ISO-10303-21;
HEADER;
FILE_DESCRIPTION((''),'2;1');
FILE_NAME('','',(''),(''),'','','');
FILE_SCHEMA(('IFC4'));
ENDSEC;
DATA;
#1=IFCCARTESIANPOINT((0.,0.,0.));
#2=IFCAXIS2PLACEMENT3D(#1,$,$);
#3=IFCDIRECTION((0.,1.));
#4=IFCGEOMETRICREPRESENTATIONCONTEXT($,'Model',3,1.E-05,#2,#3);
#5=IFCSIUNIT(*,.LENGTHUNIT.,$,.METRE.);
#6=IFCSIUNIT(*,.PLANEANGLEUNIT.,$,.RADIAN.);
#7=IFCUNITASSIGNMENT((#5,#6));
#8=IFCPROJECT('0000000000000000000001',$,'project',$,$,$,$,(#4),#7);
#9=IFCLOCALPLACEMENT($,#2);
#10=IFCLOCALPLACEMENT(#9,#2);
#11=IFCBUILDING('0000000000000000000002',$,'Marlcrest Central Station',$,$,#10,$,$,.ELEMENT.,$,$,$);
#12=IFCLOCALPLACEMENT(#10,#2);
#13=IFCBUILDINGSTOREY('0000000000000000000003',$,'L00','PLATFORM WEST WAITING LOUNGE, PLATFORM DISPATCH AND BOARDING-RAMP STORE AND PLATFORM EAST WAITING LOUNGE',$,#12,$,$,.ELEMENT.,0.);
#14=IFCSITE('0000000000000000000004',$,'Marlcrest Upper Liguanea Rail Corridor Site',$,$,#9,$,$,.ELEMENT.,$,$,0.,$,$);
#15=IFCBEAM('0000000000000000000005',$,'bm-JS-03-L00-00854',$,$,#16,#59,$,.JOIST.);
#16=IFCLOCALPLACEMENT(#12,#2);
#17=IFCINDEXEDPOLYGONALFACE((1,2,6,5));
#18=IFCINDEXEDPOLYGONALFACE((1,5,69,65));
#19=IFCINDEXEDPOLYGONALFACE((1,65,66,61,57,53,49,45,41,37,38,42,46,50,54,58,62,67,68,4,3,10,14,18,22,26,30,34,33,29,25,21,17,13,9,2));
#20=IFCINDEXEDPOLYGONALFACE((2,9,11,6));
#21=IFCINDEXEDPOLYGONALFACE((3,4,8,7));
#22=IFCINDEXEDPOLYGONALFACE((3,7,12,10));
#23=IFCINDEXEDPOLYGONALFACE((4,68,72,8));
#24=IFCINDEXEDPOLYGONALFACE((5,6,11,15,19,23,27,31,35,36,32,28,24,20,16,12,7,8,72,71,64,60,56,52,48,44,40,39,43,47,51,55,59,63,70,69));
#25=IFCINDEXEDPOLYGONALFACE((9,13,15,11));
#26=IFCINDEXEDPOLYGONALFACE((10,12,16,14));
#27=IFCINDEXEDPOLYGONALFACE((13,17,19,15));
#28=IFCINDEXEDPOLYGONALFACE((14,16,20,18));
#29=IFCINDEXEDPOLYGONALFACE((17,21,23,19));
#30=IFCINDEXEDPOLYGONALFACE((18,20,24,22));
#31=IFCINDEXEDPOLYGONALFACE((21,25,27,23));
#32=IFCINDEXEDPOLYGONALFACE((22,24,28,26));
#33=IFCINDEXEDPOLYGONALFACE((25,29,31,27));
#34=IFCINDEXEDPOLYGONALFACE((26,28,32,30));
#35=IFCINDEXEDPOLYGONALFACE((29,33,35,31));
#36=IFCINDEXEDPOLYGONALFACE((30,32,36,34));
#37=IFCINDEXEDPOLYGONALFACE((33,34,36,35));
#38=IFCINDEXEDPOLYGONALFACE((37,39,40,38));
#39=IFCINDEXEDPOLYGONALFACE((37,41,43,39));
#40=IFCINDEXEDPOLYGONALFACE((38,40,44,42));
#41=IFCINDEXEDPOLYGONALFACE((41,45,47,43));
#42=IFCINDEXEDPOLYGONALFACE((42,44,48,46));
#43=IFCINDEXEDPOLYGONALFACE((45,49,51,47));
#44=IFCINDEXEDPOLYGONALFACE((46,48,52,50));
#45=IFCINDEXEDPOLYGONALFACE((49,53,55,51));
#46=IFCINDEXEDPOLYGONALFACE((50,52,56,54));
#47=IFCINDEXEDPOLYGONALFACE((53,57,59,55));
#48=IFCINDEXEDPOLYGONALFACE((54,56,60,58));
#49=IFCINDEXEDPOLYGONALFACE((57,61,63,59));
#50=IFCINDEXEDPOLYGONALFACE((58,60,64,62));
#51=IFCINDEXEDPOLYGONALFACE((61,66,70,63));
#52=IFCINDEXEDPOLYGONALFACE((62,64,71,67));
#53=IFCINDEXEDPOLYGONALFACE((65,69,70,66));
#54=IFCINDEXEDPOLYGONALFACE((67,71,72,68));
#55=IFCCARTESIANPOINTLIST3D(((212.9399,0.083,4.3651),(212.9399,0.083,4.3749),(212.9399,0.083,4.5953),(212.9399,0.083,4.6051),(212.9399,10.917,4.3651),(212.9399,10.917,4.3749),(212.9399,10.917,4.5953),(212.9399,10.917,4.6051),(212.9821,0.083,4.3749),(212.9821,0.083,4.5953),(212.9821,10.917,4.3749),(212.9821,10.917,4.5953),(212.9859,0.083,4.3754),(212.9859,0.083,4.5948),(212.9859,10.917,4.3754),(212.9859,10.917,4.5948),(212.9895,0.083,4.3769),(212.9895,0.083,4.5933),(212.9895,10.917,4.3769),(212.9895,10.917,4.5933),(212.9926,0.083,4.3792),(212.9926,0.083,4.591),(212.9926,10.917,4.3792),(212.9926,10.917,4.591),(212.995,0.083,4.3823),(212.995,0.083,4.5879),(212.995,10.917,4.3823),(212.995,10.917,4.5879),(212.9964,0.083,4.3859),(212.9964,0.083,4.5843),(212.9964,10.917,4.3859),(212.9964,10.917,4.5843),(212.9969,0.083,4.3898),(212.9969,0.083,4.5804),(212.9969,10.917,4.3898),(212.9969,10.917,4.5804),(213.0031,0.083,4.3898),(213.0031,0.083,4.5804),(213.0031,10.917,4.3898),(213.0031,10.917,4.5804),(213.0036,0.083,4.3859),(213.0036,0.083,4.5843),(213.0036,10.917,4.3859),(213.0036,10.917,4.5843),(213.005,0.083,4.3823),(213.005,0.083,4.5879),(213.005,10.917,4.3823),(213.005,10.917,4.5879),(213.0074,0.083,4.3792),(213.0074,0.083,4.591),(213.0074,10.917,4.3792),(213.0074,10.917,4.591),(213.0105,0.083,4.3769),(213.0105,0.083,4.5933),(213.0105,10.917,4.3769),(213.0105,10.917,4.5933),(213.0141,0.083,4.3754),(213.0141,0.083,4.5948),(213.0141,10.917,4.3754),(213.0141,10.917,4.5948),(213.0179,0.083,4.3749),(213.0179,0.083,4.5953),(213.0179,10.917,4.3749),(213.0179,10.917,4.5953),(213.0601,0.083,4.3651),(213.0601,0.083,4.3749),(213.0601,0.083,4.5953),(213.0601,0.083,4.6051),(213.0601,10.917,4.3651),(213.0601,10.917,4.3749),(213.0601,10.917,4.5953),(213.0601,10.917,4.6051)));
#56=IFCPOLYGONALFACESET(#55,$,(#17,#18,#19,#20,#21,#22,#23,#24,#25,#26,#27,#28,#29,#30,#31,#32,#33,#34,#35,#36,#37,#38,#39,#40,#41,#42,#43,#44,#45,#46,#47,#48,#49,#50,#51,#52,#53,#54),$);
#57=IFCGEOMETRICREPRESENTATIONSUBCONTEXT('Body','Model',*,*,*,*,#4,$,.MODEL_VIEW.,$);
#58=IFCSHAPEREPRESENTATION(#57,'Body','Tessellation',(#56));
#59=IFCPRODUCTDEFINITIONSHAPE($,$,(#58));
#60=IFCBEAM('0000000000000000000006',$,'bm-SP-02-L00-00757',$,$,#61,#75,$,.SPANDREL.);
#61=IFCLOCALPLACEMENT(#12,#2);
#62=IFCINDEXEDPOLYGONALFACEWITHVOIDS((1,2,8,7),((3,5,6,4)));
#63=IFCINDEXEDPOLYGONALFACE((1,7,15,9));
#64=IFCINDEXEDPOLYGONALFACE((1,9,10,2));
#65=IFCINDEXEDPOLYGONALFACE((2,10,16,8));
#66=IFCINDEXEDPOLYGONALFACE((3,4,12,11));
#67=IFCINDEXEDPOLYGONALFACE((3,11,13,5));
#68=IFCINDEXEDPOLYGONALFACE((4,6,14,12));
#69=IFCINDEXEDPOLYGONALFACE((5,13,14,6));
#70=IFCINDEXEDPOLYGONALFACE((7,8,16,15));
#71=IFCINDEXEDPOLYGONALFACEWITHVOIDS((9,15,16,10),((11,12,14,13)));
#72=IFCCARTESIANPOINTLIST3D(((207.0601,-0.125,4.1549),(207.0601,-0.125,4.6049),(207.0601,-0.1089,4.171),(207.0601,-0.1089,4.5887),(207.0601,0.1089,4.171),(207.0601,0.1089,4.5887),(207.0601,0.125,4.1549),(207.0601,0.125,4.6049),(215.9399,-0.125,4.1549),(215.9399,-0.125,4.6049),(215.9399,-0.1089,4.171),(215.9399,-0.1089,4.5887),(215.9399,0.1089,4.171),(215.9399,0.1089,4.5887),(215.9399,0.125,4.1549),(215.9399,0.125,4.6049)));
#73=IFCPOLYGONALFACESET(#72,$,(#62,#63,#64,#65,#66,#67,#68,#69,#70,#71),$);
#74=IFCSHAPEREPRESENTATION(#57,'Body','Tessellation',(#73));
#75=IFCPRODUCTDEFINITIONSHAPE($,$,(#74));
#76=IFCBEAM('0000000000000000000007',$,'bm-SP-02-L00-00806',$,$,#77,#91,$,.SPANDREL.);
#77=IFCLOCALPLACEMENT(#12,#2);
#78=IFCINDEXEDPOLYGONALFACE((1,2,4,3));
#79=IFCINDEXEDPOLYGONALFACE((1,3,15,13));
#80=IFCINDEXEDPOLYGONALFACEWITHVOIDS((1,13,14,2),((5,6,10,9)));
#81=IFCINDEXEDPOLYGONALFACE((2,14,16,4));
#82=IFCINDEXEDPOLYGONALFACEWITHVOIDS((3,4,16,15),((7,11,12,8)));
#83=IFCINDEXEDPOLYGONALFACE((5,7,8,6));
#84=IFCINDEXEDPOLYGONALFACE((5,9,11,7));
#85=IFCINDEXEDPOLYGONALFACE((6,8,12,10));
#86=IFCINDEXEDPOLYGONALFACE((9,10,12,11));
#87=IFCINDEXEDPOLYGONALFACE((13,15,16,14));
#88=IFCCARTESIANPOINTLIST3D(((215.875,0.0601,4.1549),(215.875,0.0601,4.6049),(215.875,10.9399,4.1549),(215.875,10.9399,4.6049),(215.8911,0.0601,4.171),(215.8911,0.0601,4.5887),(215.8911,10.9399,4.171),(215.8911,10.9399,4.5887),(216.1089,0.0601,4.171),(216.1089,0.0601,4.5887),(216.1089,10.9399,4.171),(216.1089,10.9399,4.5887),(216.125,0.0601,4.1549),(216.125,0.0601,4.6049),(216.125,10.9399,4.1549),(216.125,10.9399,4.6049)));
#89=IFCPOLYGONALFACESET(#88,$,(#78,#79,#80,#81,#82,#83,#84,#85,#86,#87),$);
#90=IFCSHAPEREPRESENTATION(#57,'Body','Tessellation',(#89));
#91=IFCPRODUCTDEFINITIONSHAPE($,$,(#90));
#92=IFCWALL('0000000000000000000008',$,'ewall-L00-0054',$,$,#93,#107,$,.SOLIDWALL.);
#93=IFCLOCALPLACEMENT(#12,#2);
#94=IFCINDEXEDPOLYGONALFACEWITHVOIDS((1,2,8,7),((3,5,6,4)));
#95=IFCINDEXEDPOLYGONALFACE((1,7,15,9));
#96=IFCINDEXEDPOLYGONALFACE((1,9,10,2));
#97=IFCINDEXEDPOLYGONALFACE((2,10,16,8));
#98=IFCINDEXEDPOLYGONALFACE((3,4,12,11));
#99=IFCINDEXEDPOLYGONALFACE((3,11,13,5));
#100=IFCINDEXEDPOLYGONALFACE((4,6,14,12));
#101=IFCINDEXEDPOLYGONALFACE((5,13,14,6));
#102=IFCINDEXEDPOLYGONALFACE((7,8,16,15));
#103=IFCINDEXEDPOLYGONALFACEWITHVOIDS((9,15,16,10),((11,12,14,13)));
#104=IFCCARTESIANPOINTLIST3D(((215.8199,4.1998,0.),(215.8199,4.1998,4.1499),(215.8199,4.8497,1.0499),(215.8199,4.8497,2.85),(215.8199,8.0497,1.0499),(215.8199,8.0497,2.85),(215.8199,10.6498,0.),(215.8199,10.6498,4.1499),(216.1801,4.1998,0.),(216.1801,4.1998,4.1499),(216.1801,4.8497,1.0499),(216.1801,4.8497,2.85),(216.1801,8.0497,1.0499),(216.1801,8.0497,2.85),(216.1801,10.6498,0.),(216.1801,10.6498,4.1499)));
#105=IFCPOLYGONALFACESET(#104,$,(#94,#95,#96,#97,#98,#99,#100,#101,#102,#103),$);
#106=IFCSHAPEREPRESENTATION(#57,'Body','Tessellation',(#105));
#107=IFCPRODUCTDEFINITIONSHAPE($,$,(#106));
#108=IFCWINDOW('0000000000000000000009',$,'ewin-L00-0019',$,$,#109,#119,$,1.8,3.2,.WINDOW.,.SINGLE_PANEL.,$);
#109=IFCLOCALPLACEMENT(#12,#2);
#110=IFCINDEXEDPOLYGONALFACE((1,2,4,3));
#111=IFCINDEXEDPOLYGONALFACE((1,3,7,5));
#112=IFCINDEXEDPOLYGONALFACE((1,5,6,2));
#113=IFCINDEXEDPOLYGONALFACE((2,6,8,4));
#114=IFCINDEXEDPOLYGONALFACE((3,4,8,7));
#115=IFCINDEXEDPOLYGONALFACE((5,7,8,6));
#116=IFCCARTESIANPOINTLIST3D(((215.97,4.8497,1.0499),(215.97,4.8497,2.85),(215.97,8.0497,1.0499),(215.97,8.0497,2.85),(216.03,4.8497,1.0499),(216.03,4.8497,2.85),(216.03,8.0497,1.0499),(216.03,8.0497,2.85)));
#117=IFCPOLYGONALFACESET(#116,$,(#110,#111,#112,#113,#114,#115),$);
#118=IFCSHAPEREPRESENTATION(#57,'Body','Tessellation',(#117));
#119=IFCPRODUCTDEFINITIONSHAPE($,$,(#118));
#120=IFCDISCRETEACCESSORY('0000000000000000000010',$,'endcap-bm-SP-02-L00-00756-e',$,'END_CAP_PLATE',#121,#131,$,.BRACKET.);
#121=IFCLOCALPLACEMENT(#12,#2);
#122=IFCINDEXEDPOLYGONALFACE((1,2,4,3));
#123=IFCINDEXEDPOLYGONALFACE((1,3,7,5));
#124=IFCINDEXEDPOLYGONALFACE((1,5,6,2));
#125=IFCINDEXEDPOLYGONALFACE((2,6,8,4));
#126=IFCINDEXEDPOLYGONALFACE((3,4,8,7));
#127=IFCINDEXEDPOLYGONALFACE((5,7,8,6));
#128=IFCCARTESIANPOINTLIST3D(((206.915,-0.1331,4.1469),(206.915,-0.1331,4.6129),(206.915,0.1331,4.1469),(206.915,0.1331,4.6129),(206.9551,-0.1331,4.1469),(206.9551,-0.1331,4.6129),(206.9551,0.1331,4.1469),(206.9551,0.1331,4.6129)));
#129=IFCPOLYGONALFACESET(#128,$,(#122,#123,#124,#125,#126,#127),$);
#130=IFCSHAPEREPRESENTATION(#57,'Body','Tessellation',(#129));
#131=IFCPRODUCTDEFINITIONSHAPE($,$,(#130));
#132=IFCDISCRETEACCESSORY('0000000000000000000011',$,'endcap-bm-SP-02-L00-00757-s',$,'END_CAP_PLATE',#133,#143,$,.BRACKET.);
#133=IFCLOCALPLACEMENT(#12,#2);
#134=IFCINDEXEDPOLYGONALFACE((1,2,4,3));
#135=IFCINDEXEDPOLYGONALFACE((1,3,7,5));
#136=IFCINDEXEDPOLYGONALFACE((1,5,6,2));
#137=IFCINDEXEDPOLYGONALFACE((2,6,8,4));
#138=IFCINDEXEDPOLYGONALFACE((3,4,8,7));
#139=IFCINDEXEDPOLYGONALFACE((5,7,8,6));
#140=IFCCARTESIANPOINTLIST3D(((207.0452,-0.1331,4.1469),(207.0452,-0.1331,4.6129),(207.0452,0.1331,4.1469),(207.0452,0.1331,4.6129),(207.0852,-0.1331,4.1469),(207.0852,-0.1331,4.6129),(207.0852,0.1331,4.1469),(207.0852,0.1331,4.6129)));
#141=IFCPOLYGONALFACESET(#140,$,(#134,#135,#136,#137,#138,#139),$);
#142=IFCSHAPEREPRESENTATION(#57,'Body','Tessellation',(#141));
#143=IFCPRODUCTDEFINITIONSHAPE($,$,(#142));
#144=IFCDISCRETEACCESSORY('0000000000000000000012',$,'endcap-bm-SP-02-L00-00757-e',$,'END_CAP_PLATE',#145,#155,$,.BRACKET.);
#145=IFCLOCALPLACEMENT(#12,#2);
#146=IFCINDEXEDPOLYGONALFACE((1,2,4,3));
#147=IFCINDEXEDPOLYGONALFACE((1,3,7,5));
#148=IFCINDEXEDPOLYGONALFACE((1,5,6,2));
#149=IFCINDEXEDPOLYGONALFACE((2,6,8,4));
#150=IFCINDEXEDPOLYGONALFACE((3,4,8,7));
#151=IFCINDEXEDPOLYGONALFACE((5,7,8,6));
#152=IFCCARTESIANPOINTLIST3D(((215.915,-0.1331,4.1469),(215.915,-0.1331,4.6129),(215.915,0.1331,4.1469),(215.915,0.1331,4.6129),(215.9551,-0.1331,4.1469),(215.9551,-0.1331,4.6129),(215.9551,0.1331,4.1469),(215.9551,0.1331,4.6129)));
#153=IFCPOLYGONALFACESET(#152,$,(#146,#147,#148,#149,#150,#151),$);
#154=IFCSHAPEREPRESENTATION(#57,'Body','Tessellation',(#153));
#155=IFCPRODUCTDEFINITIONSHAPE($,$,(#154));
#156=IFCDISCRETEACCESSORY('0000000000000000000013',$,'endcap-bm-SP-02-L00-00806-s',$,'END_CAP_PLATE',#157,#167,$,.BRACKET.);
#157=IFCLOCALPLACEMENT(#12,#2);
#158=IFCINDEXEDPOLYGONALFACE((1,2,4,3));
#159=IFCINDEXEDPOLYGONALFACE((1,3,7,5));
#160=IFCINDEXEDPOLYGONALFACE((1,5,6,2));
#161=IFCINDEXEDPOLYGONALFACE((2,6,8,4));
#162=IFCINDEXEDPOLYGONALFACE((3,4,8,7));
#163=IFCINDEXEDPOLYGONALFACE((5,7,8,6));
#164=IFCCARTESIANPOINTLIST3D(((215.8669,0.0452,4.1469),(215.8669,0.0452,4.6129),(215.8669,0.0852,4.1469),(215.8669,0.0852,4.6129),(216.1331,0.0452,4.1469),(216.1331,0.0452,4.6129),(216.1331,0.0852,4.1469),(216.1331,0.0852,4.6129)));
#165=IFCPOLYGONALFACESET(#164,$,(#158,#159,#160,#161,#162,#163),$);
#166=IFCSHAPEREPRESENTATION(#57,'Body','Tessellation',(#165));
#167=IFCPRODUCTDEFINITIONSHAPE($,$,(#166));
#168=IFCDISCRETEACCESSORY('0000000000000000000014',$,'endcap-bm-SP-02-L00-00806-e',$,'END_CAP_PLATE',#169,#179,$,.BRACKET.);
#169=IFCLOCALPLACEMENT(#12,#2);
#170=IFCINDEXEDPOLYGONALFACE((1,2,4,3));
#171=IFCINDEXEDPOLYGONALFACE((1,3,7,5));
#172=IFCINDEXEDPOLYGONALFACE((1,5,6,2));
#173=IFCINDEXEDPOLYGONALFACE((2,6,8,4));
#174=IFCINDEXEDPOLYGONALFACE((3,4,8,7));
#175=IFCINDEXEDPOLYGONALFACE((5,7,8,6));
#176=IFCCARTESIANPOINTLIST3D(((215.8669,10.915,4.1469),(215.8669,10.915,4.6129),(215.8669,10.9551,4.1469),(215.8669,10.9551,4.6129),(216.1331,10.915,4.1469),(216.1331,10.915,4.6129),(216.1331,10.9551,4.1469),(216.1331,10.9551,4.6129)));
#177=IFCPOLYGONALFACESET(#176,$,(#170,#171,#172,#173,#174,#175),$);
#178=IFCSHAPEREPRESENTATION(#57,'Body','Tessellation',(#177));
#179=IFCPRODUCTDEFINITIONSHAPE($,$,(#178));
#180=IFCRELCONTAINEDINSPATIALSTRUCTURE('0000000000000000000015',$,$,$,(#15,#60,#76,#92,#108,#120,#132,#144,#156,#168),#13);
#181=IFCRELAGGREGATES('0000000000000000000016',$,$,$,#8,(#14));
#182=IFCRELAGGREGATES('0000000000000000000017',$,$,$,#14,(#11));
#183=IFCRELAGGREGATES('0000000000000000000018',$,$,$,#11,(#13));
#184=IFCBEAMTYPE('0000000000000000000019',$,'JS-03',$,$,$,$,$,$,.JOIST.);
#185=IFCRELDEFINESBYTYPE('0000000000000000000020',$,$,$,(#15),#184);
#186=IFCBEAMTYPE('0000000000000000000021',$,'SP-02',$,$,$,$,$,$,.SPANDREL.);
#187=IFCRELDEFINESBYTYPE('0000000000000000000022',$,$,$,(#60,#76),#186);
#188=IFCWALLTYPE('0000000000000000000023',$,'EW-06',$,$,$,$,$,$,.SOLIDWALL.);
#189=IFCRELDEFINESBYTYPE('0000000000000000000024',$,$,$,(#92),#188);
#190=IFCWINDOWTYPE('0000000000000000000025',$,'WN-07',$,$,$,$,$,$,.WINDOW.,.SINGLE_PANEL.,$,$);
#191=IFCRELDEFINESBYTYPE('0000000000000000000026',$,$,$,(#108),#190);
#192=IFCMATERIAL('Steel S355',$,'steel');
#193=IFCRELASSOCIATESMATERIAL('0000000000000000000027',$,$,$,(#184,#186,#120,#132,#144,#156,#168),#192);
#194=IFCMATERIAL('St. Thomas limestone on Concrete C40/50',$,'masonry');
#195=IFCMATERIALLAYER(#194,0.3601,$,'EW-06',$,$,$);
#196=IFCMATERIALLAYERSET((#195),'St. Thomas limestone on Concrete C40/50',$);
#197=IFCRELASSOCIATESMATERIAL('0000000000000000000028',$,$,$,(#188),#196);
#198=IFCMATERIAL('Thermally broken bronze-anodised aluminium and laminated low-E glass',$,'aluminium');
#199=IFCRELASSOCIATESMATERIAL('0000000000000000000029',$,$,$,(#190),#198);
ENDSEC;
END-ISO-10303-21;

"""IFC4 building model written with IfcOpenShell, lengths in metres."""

from ifc_helpers import new_model, si_unit, direction, frame, frame_2d, origin, origin_2d, place, context, subcontext, project, spatial, rectangle, hollow_rectangle, i_section, extrude, material, layer, layer_set, material_profile, profile_set, type_object, element, fill, save


model = new_model("IFC4")

# Units and contexts
model_context = context("Model", 3, precision=1e-05, world=origin(), true_north=direction((0.0, 1.0)))
body_context = subcontext(model_context, "Body", "Model", "MODEL_VIEW")
ifc_project = project(units=[si_unit("LENGTHUNIT", "METRE"), si_unit("PLANEANGLEUNIT", "RADIAN")], contexts=[model_context])

# Site, building, storey
site_placement = place(None, origin())
site = spatial("IfcSite", under=ifc_project, at=site_placement, Name="Marlcrest Upper Liguanea Rail Corridor Site", CompositionType="ELEMENT", RefElevation=0.0)
building_placement = place(site_placement, origin())
building = spatial("IfcBuilding", under=site, at=building_placement, Name="Marlcrest Central Station", CompositionType="ELEMENT")
storey_placement = place(building_placement, origin())
storey = spatial("IfcBuildingStorey", under=building, at=storey_placement, Name="L00", Description="PLATFORM WEST WAITING LOUNGE, PLATFORM DISPATCH AND BOARDING-RAMP STORE AND PLATFORM EAST WAITING LOUNGE", CompositionType="ELEMENT", Elevation=0.0)

# Beams
ifc_material_1 = material(Name="Steel S355", Category="steel")
ifc_material_profile_1 = material_profile(ifc_material_1, i_section(OverallWidth=0.1201, OverallDepth=0.24, WebThickness=0.0061, FlangeThickness=0.0098, FilletRadius=0.0149, at=origin_2d()), Name="IPE 240")
ifc_profile_set_1 = profile_set([ifc_material_profile_1], Name="Steel S355")
beam_type_1 = type_object("IfcBeamType", Name="JS-03", PredefinedType="JOIST", material=ifc_profile_set_1)
for number, where, z_axis, x_axis, name in (
    (1, (213.0, 0.083, 4.4851), (0.0, 1.0, 0.0), (-1.0, 0.0, 0.0), "bm-JS-03-L00-00854"),
):
    element("IfcBeam", number, at=place(storey_placement, frame(where, z_axis=z_axis, x_axis=x_axis)), inside=storey, type_object=beam_type_1, Name=name, PredefinedType="JOIST", context=body_context, shape_type="SweptSolid", body=[
        extrude(i_section(OverallWidth=0.1201, OverallDepth=0.24, WebThickness=0.0061, FlangeThickness=0.0098, FilletRadius=0.0149, at=origin_2d()), origin(), (0.0, 0.0, 1.0), 10.834),
    ])
ifc_material_profile_2 = material_profile(ifc_material_1, hollow_rectangle(XDim=0.25, YDim=0.45, WallThickness=0.0161, at=origin_2d()), Name="RHS 450x250x16")
ifc_profile_set_2 = profile_set([ifc_material_profile_2], Name="Steel S355")
beam_type_2 = type_object("IfcBeamType", Name="SP-02", PredefinedType="SPANDREL", material=ifc_profile_set_2)
beam_1_placement = place(storey_placement, frame((207.0601, 0.0, 4.3799), z_axis=(1.0, 0.0, 0.0), x_axis=(0.0, 1.0, 0.0)))
element("IfcBeam", 2, at=beam_1_placement, inside=storey, type_object=beam_type_2, Name="bm-SP-02-L00-00757", PredefinedType="SPANDREL", context=body_context, shape_type="SweptSolid", body=[
    extrude(hollow_rectangle(XDim=0.25, YDim=0.45, WallThickness=0.0161, at=origin_2d()), origin(), (0.0, 0.0, 1.0), 8.8799),
])
beam_2_placement = place(storey_placement, frame((216.0, 0.0601, 4.3799), z_axis=(0.0, 1.0, 0.0), x_axis=(-1.0, 0.0, 0.0)))
element("IfcBeam", 3, at=beam_2_placement, inside=storey, type_object=beam_type_2, Name="bm-SP-02-L00-00806", PredefinedType="SPANDREL", context=body_context, shape_type="SweptSolid", body=[
    extrude(hollow_rectangle(XDim=0.25, YDim=0.45, WallThickness=0.0161, at=origin_2d()), origin(), (0.0, 0.0, 1.0), 10.8799),
])

# Shared definitions
ifc_material_2 = material(Name="St. Thomas limestone on Concrete C40/50", Category="masonry")
ifc_layer = layer(ifc_material_2, 0.3601, Name="EW-06")
ifc_layer_set = layer_set([ifc_layer], Name="St. Thomas limestone on Concrete C40/50")
wall_type = type_object("IfcWallType", Name="EW-06", PredefinedType="SOLIDWALL", material=ifc_layer_set)

# Wall, opening, window
wall_1_placement = place(storey_placement, frame((216.0, 10.6499, 0.0), z_axis=(0.0, 0.0, 1.0), x_axis=(0.0, -1.0, 0.0)))
wall_1 = element("IfcWall", 4, at=wall_1_placement, inside=storey, type_object=wall_type, Name="ewall-L00-0054", PredefinedType="SOLIDWALL", context=body_context, shape_type="SweptSolid", body=[
    extrude(rectangle(XDim=6.45, YDim=0.3601, at=frame_2d((3.2251, 0.0))), origin(), (0.0, 0.0, 1.0), 4.1499),
])
opening_1_placement = place(wall_1_placement, frame((2.6001, 0.0, 1.05)))
opening_1 = element("IfcOpeningElement", 5, at=opening_1_placement, cuts=wall_1, PredefinedType="OPENING", context=body_context, shape_type="SweptSolid", body=[
    extrude(rectangle(XDim=3.2, YDim=1.8, at=frame_2d((1.6001, 0.8999))), frame((0.0, 0.1899, 0.0), z_axis=(0.0, -1.0, 0.0), x_axis=(1.0, 0.0, 0.0)), (0.0, 0.0, 1.0), 0.3801),
])
ifc_material_3 = material(Name="Thermally broken bronze-anodised aluminium and laminated low-E glass", Category="aluminium")
window_type = type_object("IfcWindowType", Name="WN-07", PartitioningType="SINGLE_PANEL", PredefinedType="WINDOW", material=ifc_material_3)
window_placement = place(opening_1_placement, origin())
window = element("IfcWindow", 6, at=window_placement, inside=storey, type_object=window_type, Name="ewin-L00-0019", OverallHeight=1.8, OverallWidth=3.2, PartitioningType="SINGLE_PANEL", PredefinedType="WINDOW", context=body_context, shape_type="SweptSolid", body=[
    extrude(rectangle(XDim=3.2, YDim=1.8, at=frame_2d((1.6001, 0.8999))), frame((0.0, 0.03, 0.0), z_axis=(0.0, -1.0, 0.0), x_axis=(1.0, 0.0, 0.0)), (0.0, 0.0, 1.0), 0.0601),
])
fill(opening_1, window)

# Discrete accessories
for number, where, z_axis, x_axis, name in (
    (7, (206.915, 0.0, 4.3799), (1.0, 0.0, 0.0), (0.0, 1.0, 0.0), "endcap-bm-SP-02-L00-00756-e"),
    (8, (207.0452, 0.0, 4.3799), (1.0, 0.0, 0.0), (0.0, 1.0, 0.0), "endcap-bm-SP-02-L00-00757-s"),
    (9, (215.915, 0.0, 4.3799), (1.0, 0.0, 0.0), (0.0, 1.0, 0.0), "endcap-bm-SP-02-L00-00757-e"),
    (10, (216.0, 0.0452, 4.3799), (0.0, 1.0, 0.0), (-1.0, 0.0, 0.0), "endcap-bm-SP-02-L00-00806-s"),
    (11, (216.0, 10.915, 4.3799), (0.0, 1.0, 0.0), (-1.0, 0.0, 0.0), "endcap-bm-SP-02-L00-00806-e"),
):
    element("IfcDiscreteAccessory", number, at=place(storey_placement, frame(where, z_axis=z_axis, x_axis=x_axis)), inside=storey, material=ifc_material_1, Name=name, ObjectType="END_CAP_PLATE", PredefinedType="BRACKET", context=body_context, shape_type="SweptSolid", body=[
        extrude(rectangle(XDim=0.2661, YDim=0.4661, at=origin_2d()), origin(), (0.0, 0.0, 1.0), 0.04),
    ])

save(model, "model.ifc")
